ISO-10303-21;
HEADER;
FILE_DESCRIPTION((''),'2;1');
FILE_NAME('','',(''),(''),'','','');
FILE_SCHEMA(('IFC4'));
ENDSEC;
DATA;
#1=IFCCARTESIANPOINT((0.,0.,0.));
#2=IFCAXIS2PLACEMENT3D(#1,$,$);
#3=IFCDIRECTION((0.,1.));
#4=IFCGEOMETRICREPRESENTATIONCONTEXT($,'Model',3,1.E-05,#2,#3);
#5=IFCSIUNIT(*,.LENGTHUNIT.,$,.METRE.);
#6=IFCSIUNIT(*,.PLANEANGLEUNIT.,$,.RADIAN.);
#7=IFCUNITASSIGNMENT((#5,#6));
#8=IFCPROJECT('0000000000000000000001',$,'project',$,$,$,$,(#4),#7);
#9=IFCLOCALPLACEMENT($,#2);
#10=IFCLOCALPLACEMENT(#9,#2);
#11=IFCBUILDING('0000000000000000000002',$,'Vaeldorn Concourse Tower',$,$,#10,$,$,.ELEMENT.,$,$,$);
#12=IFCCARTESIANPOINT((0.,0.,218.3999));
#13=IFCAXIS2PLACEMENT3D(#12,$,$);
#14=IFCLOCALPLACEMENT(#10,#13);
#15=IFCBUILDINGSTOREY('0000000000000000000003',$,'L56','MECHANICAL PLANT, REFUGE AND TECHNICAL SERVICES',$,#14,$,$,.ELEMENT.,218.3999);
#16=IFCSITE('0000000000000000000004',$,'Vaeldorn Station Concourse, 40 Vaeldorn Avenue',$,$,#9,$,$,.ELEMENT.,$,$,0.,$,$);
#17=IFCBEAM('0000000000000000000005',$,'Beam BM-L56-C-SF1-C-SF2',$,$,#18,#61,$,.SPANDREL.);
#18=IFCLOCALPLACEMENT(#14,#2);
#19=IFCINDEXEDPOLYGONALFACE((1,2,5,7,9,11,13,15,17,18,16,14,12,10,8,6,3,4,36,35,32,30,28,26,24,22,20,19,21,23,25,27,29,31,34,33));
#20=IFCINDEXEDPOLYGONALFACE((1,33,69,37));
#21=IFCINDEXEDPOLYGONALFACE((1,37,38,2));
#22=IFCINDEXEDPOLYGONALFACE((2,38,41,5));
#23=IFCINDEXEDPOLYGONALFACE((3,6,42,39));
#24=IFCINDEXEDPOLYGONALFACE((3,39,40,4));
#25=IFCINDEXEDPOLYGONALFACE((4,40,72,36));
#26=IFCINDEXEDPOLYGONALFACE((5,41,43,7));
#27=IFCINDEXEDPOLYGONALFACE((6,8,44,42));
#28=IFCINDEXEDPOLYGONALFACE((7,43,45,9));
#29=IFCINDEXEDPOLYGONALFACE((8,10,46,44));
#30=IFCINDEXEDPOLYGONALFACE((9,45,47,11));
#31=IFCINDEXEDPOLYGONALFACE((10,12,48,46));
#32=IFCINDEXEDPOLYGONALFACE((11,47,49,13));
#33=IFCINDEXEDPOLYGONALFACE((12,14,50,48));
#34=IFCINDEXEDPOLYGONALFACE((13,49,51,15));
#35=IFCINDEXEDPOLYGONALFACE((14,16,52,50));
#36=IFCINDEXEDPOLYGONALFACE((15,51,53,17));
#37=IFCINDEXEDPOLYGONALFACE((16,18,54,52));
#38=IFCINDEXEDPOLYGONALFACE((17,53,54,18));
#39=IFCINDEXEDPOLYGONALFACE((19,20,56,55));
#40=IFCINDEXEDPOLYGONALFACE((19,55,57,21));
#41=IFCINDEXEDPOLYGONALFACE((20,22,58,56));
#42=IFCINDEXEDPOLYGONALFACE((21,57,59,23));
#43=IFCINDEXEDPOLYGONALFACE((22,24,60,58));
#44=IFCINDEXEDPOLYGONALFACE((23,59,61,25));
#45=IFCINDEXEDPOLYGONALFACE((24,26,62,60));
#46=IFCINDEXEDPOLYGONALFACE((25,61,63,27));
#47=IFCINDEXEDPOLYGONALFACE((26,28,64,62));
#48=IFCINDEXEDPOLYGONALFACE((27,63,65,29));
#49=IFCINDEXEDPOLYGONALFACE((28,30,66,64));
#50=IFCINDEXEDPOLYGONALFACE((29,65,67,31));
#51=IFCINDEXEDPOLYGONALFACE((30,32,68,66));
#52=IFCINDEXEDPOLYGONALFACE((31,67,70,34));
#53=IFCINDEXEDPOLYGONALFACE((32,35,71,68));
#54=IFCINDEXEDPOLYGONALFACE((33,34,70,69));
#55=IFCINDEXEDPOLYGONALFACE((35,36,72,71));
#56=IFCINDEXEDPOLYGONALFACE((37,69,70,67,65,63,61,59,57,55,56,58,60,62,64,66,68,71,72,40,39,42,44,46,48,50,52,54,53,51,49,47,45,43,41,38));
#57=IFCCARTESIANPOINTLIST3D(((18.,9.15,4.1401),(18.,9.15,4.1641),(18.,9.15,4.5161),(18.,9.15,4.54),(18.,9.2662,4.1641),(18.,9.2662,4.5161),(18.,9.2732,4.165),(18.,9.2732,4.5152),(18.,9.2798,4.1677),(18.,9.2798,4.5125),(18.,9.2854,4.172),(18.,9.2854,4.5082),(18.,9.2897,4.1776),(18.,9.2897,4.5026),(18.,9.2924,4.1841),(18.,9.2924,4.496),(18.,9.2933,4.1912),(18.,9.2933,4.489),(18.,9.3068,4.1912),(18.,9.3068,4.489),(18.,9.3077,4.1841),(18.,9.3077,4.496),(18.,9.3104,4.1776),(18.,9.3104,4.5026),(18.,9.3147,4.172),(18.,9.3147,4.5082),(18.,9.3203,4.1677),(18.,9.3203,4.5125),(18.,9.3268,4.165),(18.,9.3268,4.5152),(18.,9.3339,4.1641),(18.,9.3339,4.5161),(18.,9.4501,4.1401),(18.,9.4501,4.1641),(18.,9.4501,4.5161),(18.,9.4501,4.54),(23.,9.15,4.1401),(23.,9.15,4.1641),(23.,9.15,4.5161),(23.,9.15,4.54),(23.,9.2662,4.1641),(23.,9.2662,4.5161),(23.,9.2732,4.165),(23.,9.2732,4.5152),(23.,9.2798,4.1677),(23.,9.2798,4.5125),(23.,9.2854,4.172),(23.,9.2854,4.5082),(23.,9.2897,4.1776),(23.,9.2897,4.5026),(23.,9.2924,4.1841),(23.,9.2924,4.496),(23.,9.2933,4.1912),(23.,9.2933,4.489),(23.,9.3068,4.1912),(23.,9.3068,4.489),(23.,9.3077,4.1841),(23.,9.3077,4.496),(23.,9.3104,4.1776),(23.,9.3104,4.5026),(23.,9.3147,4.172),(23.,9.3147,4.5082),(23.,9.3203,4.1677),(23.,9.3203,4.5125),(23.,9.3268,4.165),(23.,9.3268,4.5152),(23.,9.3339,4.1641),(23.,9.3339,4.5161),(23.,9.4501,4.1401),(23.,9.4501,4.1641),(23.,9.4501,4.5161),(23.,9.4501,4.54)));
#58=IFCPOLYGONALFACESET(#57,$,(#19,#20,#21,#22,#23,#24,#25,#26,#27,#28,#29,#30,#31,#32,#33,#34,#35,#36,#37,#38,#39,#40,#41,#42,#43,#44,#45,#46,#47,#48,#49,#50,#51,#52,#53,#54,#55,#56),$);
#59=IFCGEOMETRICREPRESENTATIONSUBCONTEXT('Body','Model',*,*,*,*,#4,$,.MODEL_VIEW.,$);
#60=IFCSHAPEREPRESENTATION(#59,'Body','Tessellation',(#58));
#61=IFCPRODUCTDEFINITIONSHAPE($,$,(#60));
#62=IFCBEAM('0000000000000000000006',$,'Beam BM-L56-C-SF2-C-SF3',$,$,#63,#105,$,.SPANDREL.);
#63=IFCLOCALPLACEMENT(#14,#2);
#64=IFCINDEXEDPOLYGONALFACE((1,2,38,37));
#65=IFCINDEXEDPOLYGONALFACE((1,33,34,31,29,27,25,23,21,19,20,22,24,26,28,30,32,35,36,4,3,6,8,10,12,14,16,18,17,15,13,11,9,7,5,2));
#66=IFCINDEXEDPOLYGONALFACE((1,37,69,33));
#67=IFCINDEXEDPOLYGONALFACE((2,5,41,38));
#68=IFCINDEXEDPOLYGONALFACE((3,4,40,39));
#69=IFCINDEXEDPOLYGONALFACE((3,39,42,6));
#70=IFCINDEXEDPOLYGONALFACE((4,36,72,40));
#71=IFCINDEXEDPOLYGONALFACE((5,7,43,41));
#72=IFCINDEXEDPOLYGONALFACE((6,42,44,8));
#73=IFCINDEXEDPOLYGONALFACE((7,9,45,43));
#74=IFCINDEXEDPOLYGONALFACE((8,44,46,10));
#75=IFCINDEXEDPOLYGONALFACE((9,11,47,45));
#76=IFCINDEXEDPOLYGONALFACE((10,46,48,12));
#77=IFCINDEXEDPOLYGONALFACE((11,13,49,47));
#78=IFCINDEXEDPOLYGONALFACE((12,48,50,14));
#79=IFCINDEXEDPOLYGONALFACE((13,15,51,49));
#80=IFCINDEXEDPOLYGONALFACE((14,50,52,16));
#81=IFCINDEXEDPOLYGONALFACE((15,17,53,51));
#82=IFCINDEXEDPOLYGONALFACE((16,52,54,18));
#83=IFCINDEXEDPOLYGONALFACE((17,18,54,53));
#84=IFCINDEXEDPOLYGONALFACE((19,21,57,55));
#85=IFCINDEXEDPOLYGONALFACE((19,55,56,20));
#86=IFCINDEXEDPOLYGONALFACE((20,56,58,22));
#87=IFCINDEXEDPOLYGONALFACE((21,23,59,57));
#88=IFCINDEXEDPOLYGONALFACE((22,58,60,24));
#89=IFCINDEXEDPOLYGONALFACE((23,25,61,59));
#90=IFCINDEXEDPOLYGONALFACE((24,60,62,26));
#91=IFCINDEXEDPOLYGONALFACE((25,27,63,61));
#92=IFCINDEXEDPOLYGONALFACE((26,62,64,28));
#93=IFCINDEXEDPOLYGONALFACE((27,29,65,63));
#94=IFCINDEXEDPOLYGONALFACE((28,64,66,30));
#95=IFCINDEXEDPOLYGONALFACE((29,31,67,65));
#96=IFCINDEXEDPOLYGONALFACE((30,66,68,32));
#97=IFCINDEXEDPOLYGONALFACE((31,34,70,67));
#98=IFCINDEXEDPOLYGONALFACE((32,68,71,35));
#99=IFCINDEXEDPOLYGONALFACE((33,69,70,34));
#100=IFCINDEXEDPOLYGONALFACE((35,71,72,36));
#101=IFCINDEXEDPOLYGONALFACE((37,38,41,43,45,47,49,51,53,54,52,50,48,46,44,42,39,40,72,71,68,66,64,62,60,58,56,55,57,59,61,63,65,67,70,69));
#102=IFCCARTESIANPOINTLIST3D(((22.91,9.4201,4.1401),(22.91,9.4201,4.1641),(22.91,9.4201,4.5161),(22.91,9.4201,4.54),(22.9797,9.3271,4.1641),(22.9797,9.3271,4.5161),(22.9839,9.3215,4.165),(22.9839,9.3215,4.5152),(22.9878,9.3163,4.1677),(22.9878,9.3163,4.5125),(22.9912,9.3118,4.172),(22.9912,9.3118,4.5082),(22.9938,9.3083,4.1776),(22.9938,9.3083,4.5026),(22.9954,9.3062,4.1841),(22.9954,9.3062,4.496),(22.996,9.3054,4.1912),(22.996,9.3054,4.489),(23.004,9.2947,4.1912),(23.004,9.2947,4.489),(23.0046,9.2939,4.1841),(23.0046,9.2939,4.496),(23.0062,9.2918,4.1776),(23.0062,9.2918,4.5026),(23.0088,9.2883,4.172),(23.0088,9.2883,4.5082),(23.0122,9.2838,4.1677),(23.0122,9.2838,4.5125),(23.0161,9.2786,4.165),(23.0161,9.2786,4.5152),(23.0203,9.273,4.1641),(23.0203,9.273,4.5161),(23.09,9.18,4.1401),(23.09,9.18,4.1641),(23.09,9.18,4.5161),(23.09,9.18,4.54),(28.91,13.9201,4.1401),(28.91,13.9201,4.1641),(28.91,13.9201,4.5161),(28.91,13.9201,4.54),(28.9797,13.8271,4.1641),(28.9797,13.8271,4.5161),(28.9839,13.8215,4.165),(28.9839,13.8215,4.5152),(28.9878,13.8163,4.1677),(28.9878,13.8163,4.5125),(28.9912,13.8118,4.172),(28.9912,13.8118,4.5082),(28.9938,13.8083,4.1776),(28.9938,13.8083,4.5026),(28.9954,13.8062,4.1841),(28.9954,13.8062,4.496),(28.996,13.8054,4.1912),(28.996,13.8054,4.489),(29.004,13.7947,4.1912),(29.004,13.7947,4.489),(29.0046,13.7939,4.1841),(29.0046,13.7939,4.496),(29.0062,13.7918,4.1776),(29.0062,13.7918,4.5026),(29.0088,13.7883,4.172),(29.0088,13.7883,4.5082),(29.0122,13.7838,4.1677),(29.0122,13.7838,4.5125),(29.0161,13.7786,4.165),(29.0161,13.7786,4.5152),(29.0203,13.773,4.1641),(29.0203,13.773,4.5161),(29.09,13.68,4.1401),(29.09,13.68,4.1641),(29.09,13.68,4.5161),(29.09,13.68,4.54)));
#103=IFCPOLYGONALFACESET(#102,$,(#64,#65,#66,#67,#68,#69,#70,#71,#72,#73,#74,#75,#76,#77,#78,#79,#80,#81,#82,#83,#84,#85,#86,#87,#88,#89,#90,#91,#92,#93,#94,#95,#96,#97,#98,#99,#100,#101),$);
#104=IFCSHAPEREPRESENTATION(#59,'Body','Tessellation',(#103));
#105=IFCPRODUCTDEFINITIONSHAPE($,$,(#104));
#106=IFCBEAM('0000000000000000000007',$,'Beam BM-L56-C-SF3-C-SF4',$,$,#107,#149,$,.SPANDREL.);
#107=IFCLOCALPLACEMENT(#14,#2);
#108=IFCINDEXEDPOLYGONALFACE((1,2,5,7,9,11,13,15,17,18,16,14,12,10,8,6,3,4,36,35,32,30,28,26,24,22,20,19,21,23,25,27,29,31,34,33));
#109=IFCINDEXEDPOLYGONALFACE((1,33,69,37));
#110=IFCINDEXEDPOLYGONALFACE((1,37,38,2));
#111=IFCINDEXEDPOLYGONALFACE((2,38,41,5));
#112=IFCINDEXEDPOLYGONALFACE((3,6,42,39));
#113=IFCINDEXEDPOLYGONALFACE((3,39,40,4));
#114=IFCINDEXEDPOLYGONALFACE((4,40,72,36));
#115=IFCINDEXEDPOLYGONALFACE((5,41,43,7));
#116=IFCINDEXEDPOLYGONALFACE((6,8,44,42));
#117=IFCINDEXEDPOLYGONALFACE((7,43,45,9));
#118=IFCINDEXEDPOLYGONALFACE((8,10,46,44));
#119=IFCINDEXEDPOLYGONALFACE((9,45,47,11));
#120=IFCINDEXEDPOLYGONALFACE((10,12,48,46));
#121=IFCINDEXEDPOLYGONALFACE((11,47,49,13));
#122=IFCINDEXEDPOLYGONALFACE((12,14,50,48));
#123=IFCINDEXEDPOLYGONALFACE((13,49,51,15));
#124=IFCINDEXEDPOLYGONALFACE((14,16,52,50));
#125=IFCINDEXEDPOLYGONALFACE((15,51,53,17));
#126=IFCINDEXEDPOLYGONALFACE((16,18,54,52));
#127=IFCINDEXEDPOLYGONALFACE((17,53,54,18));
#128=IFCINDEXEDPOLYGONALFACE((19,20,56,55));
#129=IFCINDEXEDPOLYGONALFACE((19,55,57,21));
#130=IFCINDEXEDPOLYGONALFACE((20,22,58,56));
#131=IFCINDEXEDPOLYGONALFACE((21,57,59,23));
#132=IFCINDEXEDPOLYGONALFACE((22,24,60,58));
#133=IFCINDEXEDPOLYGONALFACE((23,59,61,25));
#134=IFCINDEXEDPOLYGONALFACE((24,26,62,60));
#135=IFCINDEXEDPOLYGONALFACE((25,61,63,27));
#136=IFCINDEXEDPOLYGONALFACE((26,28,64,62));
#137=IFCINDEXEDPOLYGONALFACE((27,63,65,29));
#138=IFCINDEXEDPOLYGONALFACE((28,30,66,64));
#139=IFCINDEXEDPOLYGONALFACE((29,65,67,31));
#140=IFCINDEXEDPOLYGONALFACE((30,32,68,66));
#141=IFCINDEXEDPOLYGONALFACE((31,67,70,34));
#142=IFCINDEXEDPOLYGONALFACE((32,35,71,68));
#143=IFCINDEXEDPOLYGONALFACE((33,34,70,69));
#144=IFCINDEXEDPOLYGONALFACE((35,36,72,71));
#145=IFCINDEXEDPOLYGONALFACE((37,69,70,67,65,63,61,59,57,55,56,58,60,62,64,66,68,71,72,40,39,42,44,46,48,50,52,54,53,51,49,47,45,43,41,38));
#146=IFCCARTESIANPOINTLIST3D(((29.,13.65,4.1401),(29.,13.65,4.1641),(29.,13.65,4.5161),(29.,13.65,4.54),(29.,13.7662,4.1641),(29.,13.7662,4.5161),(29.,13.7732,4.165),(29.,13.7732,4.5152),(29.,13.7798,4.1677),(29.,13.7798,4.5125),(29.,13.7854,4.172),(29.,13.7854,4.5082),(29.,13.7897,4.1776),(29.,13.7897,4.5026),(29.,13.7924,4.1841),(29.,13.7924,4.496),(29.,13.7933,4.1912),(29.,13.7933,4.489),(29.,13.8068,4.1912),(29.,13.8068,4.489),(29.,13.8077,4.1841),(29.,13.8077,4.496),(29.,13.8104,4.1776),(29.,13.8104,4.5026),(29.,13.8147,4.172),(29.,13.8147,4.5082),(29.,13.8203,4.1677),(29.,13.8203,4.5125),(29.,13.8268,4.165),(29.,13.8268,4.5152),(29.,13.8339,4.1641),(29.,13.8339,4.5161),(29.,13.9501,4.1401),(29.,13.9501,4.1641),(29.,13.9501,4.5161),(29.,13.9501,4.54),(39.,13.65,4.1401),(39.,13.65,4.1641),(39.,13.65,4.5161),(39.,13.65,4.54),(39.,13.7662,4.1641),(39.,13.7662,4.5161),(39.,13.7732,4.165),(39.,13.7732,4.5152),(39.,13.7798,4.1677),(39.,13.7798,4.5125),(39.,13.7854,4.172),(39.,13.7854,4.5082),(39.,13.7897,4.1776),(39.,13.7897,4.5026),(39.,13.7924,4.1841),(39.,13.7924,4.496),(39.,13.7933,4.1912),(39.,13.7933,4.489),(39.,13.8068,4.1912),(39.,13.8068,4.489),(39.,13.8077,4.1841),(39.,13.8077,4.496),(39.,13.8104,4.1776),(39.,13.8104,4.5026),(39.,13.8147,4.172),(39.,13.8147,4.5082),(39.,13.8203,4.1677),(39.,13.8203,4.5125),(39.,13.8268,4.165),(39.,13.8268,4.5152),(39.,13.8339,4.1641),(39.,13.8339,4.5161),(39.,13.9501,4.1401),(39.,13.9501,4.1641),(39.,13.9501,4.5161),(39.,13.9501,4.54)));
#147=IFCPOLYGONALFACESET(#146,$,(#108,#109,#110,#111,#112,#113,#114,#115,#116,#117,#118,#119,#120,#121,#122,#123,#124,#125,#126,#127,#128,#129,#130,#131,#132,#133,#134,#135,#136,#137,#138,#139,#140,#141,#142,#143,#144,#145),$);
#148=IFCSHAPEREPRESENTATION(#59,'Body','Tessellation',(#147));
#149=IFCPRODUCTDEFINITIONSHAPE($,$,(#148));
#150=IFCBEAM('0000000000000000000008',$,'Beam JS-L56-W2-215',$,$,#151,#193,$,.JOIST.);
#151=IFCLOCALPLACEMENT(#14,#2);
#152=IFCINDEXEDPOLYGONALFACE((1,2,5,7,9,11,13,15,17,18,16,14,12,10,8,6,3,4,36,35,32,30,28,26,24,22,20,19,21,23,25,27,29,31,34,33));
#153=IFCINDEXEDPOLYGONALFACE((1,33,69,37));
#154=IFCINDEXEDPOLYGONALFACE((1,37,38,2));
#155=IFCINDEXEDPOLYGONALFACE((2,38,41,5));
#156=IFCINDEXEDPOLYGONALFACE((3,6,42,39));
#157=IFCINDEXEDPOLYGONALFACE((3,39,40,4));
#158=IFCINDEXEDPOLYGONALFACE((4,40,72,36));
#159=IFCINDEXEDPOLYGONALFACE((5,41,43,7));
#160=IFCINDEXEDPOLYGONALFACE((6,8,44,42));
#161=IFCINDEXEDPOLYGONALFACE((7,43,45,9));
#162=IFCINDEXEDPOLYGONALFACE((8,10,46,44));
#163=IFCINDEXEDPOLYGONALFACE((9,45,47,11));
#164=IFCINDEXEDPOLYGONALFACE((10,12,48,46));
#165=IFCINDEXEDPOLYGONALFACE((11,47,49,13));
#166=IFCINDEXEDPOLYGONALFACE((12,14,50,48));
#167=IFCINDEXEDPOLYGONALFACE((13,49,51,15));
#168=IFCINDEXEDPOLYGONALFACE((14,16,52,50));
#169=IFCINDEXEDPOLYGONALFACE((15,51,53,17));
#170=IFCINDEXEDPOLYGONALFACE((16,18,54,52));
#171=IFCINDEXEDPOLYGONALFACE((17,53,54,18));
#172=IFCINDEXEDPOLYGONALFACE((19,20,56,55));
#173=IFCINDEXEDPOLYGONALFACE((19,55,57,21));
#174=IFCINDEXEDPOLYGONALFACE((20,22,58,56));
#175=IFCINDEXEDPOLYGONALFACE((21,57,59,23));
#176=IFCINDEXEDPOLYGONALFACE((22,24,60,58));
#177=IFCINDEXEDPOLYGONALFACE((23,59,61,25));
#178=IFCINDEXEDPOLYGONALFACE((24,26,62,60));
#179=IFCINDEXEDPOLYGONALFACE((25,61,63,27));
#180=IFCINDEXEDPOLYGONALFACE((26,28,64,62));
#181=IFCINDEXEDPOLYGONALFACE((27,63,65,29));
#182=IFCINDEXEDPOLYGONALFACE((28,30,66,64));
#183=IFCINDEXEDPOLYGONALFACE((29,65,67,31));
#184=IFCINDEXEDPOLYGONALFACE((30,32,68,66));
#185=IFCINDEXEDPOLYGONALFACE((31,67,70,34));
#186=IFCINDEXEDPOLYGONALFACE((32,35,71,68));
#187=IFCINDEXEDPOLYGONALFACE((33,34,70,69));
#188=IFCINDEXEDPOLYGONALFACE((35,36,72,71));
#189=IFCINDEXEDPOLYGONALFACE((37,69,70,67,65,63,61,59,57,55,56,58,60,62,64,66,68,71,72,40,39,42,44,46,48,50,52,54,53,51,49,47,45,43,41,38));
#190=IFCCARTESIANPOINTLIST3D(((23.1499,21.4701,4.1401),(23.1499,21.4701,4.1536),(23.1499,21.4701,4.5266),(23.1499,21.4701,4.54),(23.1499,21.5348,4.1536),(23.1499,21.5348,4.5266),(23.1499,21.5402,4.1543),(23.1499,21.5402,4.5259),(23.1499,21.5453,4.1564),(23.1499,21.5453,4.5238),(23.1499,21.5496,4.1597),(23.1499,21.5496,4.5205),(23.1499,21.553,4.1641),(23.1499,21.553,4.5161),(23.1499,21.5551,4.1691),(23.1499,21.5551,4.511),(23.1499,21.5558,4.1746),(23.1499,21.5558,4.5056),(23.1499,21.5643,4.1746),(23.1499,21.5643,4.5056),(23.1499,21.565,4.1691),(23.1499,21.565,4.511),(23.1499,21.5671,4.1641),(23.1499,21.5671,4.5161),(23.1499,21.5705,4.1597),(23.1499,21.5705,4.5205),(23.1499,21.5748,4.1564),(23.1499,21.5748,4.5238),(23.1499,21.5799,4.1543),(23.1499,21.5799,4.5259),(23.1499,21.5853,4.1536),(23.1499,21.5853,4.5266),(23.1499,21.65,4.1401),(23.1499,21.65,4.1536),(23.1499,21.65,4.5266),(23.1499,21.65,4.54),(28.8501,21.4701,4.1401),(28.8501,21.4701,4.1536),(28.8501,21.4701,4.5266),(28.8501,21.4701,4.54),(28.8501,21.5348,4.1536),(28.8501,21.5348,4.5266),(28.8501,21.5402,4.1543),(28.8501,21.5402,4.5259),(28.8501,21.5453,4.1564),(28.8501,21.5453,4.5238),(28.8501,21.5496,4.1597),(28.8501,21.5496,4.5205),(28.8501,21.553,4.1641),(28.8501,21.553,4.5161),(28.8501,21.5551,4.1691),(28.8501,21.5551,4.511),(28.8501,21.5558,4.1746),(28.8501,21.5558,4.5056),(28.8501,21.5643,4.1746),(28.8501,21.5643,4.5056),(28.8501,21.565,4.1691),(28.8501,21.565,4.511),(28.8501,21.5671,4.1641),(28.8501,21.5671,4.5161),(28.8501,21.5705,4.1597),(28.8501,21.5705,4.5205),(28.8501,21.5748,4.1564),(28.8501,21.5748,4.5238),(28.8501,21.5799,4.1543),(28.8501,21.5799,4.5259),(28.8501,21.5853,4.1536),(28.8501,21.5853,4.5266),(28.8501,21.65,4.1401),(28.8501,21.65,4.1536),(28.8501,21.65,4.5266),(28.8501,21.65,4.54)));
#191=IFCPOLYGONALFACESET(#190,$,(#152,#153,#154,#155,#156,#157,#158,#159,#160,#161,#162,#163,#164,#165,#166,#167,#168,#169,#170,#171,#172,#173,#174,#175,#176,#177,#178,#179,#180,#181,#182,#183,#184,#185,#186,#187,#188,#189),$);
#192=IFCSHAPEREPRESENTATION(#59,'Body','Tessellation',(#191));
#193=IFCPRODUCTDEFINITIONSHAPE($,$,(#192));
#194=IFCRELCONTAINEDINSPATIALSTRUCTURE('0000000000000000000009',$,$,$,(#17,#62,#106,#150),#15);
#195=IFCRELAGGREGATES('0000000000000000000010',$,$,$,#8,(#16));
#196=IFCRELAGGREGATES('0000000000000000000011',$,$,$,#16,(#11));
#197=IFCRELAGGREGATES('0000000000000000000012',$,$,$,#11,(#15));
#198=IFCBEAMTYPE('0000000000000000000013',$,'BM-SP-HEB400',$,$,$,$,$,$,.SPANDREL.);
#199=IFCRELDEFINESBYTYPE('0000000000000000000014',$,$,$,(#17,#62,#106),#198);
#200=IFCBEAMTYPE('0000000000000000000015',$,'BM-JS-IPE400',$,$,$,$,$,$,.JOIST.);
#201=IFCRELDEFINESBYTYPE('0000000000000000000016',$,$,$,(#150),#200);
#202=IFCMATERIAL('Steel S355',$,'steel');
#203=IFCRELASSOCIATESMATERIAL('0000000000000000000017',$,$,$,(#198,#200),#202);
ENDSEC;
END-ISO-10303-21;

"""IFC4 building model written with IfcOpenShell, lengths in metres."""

from ifc_helpers import new_model, si_unit, direction, frame, origin, origin_2d, place, context, subcontext, project, spatial, i_section, extrude, source, transform, mapped, material, material_profile, profile_set, type_object, element, save


model = new_model("IFC4")

# Units and contexts
model_context = context("Model", 3, precision=1e-05, world=origin(), true_north=direction((0.0, 1.0)))
body_context = subcontext(model_context, "Body", "Model", "MODEL_VIEW")
ifc_project = project(units=[si_unit("LENGTHUNIT", "METRE"), si_unit("PLANEANGLEUNIT", "RADIAN")], contexts=[model_context])

# Site, building, storey
site_placement = place(None, origin())
site = spatial("IfcSite", under=ifc_project, at=site_placement, Name="Vaeldorn Station Concourse, 40 Vaeldorn Avenue", CompositionType="ELEMENT", RefElevation=0.0)
building_placement = place(site_placement, origin())
building = spatial("IfcBuilding", under=site, at=building_placement, Name="Vaeldorn Concourse Tower", CompositionType="ELEMENT")
storey_placement = place(building_placement, frame((0.0, 0.0, 218.3999)))
storey = spatial("IfcBuildingStorey", under=building, at=storey_placement, Name="L56", Description="MECHANICAL PLANT, REFUGE AND TECHNICAL SERVICES", CompositionType="ELEMENT", Elevation=218.3999)

# Shared definitions
ifc_material_1 = material(Name="Steel S355", Category="steel")

# Beams
ifc_material_profile_1 = material_profile(ifc_material_1, i_section(OverallWidth=0.3, OverallDepth=0.3999, WebThickness=0.0134, FlangeThickness=0.0239, FilletRadius=0.0271, at=origin_2d()), Name="HEB 400")
ifc_profile_set_1 = profile_set([ifc_material_profile_1], Name="Steel S355")
beam_type_1 = type_object("IfcBeamType", Name="BM-SP-HEB400", PredefinedType="SPANDREL", material=ifc_profile_set_1)
shared_shape_1 = source(origin(), body_context, "Body", "SweptSolid", [
    extrude(i_section(OverallWidth=0.3, OverallDepth=0.3999, WebThickness=0.0134, FlangeThickness=0.0239, FilletRadius=0.0271, at=origin_2d()), origin(), (0.0, 0.0, 1.0), 5.0),
])
beam_1_placement = place(storey_placement, frame((18.0, 9.3, 4.3401), z_axis=(1.0, 0.0, 0.0), x_axis=(0.0, 1.0, 0.0)))
element("IfcBeam", 1, at=beam_1_placement, inside=storey, type_object=beam_type_1, Name="Beam BM-L56-C-SF1-C-SF2", PredefinedType="SPANDREL", context=body_context, shape_type="MappedRepresentation", body=[
    mapped(shared_shape_1, transform((0.0, 0.0, 0.0), scale=1.0)),
])
shared_shape_2 = source(origin(), body_context, "Body", "SweptSolid", [
    extrude(i_section(OverallWidth=0.3, OverallDepth=0.3999, WebThickness=0.0134, FlangeThickness=0.0239, FilletRadius=0.0271, at=origin_2d()), origin(), (0.0, 0.0, 1.0), 7.5),
])
beam_2_placement = place(storey_placement, frame((23.0, 9.3, 4.3401), z_axis=(0.8, 0.6, 0.0), x_axis=(-0.6, 0.8, 0.0)))
element("IfcBeam", 2, at=beam_2_placement, inside=storey, type_object=beam_type_1, Name="Beam BM-L56-C-SF2-C-SF3", PredefinedType="SPANDREL", context=body_context, shape_type="MappedRepresentation", body=[
    mapped(shared_shape_2, transform((0.0, 0.0, 0.0), scale=1.0)),
])
shared_shape_3 = source(origin(), body_context, "Body", "SweptSolid", [
    extrude(i_section(OverallWidth=0.3, OverallDepth=0.3999, WebThickness=0.0134, FlangeThickness=0.0239, FilletRadius=0.0271, at=origin_2d()), origin(), (0.0, 0.0, 1.0), 10.0),
])
beam_3_placement = place(storey_placement, frame((29.0, 13.8, 4.3401), z_axis=(1.0, 0.0, 0.0), x_axis=(0.0, 1.0, 0.0)))
element("IfcBeam", 3, at=beam_3_placement, inside=storey, type_object=beam_type_1, Name="Beam BM-L56-C-SF3-C-SF4", PredefinedType="SPANDREL", context=body_context, shape_type="MappedRepresentation", body=[
    mapped(shared_shape_3, transform((0.0, 0.0, 0.0), scale=1.0)),
])
ifc_material_profile_2 = material_profile(ifc_material_1, i_section(OverallWidth=0.1799, OverallDepth=0.3999, WebThickness=0.0085, FlangeThickness=0.0134, FilletRadius=0.021, at=origin_2d()), Name="IPE 400")
ifc_profile_set_2 = profile_set([ifc_material_profile_2], Name="Steel S355")
beam_type_2 = type_object("IfcBeamType", Name="BM-JS-IPE400", PredefinedType="JOIST", material=ifc_profile_set_2)
shared_shape_4 = source(origin(), body_context, "Body", "SweptSolid", [
    extrude(i_section(OverallWidth=0.1799, OverallDepth=0.3999, WebThickness=0.0085, FlangeThickness=0.0134, FilletRadius=0.021, at=origin_2d()), origin(), (0.0, 0.0, 1.0), 5.7002),
])
for number, where, z_axis, x_axis, name in (
    (4, (23.1499, 21.5601, 4.3401), (1.0, 0.0, 0.0), (0.0, 1.0, 0.0), "Beam JS-L56-W2-215"),
):
    element("IfcBeam", number, at=place(storey_placement, frame(where, z_axis=z_axis, x_axis=x_axis)), inside=storey, type_object=beam_type_2, Name=name, PredefinedType="JOIST", context=body_context, shape_type="MappedRepresentation", body=[
        mapped(shared_shape_4, transform((0.0, 0.0, 0.0), scale=1.0)),
    ])

save(model, "model.ifc")
